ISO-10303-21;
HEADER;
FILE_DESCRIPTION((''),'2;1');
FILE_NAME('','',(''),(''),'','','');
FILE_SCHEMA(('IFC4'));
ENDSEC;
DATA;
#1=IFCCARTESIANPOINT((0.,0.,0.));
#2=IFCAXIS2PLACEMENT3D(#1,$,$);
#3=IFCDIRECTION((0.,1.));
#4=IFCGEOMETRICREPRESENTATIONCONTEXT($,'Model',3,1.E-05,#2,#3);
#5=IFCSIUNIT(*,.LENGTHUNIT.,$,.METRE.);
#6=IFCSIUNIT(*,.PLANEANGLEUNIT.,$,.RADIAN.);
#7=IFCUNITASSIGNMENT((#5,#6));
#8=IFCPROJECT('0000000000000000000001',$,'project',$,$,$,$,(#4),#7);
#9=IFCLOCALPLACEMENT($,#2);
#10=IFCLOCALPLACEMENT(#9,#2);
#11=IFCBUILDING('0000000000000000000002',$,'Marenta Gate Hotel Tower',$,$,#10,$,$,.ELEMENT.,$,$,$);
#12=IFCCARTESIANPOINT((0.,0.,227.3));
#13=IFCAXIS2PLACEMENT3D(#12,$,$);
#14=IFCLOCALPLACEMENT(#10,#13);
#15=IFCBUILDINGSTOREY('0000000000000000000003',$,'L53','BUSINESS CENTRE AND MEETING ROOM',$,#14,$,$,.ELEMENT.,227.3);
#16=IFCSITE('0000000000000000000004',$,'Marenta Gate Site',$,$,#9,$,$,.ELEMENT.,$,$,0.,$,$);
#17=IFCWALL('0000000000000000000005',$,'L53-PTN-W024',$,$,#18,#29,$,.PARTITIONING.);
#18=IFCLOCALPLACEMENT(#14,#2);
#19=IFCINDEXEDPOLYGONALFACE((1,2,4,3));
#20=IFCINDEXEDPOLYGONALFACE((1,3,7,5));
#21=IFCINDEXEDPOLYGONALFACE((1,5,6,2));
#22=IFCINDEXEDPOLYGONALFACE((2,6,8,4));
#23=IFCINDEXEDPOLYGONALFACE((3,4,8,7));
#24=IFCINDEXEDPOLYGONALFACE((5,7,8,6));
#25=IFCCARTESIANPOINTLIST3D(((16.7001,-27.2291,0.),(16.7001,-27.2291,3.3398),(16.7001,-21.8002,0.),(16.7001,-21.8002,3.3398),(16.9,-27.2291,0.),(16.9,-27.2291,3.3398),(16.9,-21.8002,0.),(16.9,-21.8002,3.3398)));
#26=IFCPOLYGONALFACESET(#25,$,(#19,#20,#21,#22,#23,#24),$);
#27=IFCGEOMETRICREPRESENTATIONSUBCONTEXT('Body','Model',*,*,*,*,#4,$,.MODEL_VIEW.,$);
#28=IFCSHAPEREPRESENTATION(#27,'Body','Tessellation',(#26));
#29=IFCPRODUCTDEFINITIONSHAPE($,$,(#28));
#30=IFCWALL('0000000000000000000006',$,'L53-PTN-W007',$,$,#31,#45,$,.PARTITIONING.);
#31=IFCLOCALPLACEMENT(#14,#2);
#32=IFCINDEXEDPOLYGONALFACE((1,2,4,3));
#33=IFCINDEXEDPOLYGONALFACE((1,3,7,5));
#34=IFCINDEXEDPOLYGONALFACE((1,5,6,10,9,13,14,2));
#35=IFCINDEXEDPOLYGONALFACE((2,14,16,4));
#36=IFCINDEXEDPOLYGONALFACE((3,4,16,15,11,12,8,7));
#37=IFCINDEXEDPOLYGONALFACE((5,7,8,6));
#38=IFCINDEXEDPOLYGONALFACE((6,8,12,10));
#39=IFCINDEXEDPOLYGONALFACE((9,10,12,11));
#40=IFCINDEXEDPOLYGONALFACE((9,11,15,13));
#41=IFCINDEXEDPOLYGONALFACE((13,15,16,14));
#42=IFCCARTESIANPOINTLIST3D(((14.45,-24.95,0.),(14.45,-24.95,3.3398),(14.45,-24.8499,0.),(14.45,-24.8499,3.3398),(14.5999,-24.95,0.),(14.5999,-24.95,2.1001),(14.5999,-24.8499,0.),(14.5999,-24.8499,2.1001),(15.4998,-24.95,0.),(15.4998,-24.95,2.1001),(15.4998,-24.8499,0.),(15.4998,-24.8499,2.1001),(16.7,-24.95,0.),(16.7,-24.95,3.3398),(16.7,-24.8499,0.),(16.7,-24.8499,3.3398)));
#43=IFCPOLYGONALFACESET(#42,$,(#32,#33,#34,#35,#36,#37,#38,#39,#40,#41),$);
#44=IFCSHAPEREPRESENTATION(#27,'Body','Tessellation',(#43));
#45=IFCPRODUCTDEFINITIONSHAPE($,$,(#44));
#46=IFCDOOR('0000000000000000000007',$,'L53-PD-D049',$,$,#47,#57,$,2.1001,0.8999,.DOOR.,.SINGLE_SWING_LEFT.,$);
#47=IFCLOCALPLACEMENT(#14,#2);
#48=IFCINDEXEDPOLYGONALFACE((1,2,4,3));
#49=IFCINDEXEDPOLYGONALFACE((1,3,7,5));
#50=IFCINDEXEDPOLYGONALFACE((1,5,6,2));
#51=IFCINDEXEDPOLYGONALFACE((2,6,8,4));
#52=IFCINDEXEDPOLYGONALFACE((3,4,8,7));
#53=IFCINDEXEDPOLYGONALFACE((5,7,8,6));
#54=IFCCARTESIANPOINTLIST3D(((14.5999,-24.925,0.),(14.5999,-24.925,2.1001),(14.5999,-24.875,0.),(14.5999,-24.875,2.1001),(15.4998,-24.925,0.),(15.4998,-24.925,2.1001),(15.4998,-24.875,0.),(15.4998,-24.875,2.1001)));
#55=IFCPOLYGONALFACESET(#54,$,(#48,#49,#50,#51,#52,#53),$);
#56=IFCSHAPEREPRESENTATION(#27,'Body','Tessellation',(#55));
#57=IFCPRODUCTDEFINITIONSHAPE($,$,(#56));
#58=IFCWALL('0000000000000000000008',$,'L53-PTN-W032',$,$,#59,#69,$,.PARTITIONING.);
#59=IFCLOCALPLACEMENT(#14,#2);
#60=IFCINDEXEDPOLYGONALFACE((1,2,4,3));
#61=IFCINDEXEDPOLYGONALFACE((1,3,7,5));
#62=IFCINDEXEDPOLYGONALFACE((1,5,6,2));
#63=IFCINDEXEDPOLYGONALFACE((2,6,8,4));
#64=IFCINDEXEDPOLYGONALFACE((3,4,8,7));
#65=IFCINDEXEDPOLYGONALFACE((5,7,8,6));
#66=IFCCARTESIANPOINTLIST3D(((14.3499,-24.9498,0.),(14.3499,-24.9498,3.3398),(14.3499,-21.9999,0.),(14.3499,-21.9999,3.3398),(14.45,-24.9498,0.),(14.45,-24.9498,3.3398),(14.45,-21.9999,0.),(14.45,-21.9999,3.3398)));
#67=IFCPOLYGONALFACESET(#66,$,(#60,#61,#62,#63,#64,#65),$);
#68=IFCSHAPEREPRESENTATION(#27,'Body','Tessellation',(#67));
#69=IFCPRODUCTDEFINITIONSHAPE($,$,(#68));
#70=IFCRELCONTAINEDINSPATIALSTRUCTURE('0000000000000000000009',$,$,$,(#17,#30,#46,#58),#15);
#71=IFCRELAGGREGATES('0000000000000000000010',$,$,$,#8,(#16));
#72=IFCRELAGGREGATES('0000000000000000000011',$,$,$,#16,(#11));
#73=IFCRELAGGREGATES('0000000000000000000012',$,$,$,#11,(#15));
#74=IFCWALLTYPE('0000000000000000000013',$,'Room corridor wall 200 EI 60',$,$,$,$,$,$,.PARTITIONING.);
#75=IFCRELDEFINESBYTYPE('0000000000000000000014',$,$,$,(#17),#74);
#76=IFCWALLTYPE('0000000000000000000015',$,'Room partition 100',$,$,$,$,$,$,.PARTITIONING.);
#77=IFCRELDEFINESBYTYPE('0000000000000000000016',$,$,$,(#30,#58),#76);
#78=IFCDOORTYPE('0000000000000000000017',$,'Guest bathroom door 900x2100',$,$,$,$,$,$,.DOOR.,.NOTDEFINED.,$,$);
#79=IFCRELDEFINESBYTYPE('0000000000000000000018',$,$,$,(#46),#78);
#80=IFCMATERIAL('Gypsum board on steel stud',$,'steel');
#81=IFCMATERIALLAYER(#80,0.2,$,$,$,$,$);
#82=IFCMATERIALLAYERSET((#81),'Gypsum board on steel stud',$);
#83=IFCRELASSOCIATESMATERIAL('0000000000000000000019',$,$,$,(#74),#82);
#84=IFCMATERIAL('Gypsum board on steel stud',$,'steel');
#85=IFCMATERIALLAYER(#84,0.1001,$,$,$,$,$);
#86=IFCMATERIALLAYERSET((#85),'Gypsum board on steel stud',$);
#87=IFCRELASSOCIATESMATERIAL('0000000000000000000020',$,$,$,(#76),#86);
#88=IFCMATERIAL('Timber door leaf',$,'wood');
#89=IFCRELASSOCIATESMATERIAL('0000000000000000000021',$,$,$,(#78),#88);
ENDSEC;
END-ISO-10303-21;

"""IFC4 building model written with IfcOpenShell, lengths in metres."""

from ifc_helpers import new_model, si_unit, direction, frame, frame_2d, origin, place, context, subcontext, project, spatial, rectangle, extrude, material, layer, layer_set, type_object, element, fill, save


model = new_model("IFC4")

# Units and contexts
model_context = context("Model", 3, precision=1e-05, world=origin(), true_north=direction((0.0, 1.0)))
body_context = subcontext(model_context, "Body", "Model", "MODEL_VIEW")
ifc_project = project(units=[si_unit("LENGTHUNIT", "METRE"), si_unit("PLANEANGLEUNIT", "RADIAN")], contexts=[model_context])

# Site, building, storey
site_placement = place(None, origin())
site = spatial("IfcSite", under=ifc_project, at=site_placement, Name="Marenta Gate Site", CompositionType="ELEMENT", RefElevation=0.0)
building_placement = place(site_placement, origin())
building = spatial("IfcBuilding", under=site, at=building_placement, Name="Marenta Gate Hotel Tower", CompositionType="ELEMENT")
storey_placement = place(building_placement, frame((0.0, 0.0, 227.3)))
storey = spatial("IfcBuildingStorey", under=building, at=storey_placement, Name="L53", Description="BUSINESS CENTRE AND MEETING ROOM", CompositionType="ELEMENT", Elevation=227.3)

# Shared definitions
ifc_material_1 = material(Name="Gypsum board on steel stud", Category="steel")
ifc_layer_1 = layer(ifc_material_1, 0.2)
ifc_layer_set_1 = layer_set([ifc_layer_1], Name="Gypsum board on steel stud")
wall_type_1 = type_object("IfcWallType", Name="Room corridor wall 200 EI 60", PredefinedType="PARTITIONING", material=ifc_layer_set_1)

# Wall
wall_1_placement = place(storey_placement, frame((16.8, -27.229, 0.0), z_axis=(0.0, 0.0, 1.0), x_axis=(0.0, 1.0, 0.0)))
element("IfcWall", 1, at=wall_1_placement, inside=storey, type_object=wall_type_1, Name="L53-PTN-W024", PredefinedType="PARTITIONING", context=body_context, shape_type="SweptSolid", body=[
    extrude(rectangle(XDim=5.429, YDim=0.2, at=frame_2d((2.7144, 0.0))), origin(), (0.0, 0.0, 1.0), 3.3398),
])

# Wall, opening, door
ifc_material_2 = material(Name="Gypsum board on steel stud", Category="steel")
ifc_layer_2 = layer(ifc_material_2, 0.1001)
ifc_layer_set_2 = layer_set([ifc_layer_2], Name="Gypsum board on steel stud")
wall_type_2 = type_object("IfcWallType", Name="Room partition 100", PredefinedType="PARTITIONING", material=ifc_layer_set_2)
wall_2_placement = place(storey_placement, frame((14.45, -24.8999, 0.0), z_axis=(0.0, 0.0, 1.0), x_axis=(1.0, 0.0, 0.0)))
wall_2 = element("IfcWall", 2, at=wall_2_placement, inside=storey, type_object=wall_type_2, Name="L53-PTN-W007", PredefinedType="PARTITIONING", context=body_context, shape_type="SweptSolid", body=[
    extrude(rectangle(XDim=2.25, YDim=0.1001, at=frame_2d((1.125, 0.0))), origin(), (0.0, 0.0, 1.0), 3.3398),
])
opening_1_placement = place(wall_2_placement, frame((0.1499, 0.0, 0.0)))
opening_1 = element("IfcOpeningElement", 3, at=opening_1_placement, cuts=wall_2, PredefinedType="OPENING", context=body_context, shape_type="SweptSolid", body=[
    extrude(rectangle(XDim=0.8999, YDim=2.1001, at=frame_2d((0.45, 1.05))), frame((0.0, 0.05, 0.0), z_axis=(0.0, -1.0, 0.0), x_axis=(1.0, 0.0, 0.0)), (0.0, 0.0, 1.0), 0.1001),
])
ifc_material_3 = material(Name="Timber door leaf", Category="wood")
door_type_1 = type_object("IfcDoorType", Name="Guest bathroom door 900x2100", OperationType="NOTDEFINED", PredefinedType="DOOR", material=ifc_material_3)
door_1_placement = place(opening_1_placement, origin())
door_1 = element("IfcDoor", 4, at=door_1_placement, inside=storey, type_object=door_type_1, Name="L53-PD-D049", OperationType="SINGLE_SWING_LEFT", OverallHeight=2.1001, OverallWidth=0.8999, PredefinedType="DOOR", context=body_context, shape_type="SweptSolid", body=[
    extrude(rectangle(XDim=0.8999, YDim=2.1001, at=frame_2d((0.45, 1.05))), frame((0.0, 0.0249, 0.0), z_axis=(0.0, -1.0, 0.0), x_axis=(1.0, 0.0, 0.0)), (0.0, 0.0, 1.0), 0.05),
])
fill(opening_1, door_1)

# Wall
wall_3_placement = place(storey_placement, frame((14.3999, -24.95, 0.0), z_axis=(0.0, 0.0, 1.0), x_axis=(0.0, 1.0, 0.0)))
element("IfcWall", 5, at=wall_3_placement, inside=storey, type_object=wall_type_2, Name="L53-PTN-W032", PredefinedType="PARTITIONING", context=body_context, shape_type="SweptSolid", body=[
    extrude(rectangle(XDim=2.95, YDim=0.1001, at=frame_2d((1.4751, 0.0))), origin(), (0.0, 0.0, 1.0), 3.3398),
])

save(model, "model.ifc")
